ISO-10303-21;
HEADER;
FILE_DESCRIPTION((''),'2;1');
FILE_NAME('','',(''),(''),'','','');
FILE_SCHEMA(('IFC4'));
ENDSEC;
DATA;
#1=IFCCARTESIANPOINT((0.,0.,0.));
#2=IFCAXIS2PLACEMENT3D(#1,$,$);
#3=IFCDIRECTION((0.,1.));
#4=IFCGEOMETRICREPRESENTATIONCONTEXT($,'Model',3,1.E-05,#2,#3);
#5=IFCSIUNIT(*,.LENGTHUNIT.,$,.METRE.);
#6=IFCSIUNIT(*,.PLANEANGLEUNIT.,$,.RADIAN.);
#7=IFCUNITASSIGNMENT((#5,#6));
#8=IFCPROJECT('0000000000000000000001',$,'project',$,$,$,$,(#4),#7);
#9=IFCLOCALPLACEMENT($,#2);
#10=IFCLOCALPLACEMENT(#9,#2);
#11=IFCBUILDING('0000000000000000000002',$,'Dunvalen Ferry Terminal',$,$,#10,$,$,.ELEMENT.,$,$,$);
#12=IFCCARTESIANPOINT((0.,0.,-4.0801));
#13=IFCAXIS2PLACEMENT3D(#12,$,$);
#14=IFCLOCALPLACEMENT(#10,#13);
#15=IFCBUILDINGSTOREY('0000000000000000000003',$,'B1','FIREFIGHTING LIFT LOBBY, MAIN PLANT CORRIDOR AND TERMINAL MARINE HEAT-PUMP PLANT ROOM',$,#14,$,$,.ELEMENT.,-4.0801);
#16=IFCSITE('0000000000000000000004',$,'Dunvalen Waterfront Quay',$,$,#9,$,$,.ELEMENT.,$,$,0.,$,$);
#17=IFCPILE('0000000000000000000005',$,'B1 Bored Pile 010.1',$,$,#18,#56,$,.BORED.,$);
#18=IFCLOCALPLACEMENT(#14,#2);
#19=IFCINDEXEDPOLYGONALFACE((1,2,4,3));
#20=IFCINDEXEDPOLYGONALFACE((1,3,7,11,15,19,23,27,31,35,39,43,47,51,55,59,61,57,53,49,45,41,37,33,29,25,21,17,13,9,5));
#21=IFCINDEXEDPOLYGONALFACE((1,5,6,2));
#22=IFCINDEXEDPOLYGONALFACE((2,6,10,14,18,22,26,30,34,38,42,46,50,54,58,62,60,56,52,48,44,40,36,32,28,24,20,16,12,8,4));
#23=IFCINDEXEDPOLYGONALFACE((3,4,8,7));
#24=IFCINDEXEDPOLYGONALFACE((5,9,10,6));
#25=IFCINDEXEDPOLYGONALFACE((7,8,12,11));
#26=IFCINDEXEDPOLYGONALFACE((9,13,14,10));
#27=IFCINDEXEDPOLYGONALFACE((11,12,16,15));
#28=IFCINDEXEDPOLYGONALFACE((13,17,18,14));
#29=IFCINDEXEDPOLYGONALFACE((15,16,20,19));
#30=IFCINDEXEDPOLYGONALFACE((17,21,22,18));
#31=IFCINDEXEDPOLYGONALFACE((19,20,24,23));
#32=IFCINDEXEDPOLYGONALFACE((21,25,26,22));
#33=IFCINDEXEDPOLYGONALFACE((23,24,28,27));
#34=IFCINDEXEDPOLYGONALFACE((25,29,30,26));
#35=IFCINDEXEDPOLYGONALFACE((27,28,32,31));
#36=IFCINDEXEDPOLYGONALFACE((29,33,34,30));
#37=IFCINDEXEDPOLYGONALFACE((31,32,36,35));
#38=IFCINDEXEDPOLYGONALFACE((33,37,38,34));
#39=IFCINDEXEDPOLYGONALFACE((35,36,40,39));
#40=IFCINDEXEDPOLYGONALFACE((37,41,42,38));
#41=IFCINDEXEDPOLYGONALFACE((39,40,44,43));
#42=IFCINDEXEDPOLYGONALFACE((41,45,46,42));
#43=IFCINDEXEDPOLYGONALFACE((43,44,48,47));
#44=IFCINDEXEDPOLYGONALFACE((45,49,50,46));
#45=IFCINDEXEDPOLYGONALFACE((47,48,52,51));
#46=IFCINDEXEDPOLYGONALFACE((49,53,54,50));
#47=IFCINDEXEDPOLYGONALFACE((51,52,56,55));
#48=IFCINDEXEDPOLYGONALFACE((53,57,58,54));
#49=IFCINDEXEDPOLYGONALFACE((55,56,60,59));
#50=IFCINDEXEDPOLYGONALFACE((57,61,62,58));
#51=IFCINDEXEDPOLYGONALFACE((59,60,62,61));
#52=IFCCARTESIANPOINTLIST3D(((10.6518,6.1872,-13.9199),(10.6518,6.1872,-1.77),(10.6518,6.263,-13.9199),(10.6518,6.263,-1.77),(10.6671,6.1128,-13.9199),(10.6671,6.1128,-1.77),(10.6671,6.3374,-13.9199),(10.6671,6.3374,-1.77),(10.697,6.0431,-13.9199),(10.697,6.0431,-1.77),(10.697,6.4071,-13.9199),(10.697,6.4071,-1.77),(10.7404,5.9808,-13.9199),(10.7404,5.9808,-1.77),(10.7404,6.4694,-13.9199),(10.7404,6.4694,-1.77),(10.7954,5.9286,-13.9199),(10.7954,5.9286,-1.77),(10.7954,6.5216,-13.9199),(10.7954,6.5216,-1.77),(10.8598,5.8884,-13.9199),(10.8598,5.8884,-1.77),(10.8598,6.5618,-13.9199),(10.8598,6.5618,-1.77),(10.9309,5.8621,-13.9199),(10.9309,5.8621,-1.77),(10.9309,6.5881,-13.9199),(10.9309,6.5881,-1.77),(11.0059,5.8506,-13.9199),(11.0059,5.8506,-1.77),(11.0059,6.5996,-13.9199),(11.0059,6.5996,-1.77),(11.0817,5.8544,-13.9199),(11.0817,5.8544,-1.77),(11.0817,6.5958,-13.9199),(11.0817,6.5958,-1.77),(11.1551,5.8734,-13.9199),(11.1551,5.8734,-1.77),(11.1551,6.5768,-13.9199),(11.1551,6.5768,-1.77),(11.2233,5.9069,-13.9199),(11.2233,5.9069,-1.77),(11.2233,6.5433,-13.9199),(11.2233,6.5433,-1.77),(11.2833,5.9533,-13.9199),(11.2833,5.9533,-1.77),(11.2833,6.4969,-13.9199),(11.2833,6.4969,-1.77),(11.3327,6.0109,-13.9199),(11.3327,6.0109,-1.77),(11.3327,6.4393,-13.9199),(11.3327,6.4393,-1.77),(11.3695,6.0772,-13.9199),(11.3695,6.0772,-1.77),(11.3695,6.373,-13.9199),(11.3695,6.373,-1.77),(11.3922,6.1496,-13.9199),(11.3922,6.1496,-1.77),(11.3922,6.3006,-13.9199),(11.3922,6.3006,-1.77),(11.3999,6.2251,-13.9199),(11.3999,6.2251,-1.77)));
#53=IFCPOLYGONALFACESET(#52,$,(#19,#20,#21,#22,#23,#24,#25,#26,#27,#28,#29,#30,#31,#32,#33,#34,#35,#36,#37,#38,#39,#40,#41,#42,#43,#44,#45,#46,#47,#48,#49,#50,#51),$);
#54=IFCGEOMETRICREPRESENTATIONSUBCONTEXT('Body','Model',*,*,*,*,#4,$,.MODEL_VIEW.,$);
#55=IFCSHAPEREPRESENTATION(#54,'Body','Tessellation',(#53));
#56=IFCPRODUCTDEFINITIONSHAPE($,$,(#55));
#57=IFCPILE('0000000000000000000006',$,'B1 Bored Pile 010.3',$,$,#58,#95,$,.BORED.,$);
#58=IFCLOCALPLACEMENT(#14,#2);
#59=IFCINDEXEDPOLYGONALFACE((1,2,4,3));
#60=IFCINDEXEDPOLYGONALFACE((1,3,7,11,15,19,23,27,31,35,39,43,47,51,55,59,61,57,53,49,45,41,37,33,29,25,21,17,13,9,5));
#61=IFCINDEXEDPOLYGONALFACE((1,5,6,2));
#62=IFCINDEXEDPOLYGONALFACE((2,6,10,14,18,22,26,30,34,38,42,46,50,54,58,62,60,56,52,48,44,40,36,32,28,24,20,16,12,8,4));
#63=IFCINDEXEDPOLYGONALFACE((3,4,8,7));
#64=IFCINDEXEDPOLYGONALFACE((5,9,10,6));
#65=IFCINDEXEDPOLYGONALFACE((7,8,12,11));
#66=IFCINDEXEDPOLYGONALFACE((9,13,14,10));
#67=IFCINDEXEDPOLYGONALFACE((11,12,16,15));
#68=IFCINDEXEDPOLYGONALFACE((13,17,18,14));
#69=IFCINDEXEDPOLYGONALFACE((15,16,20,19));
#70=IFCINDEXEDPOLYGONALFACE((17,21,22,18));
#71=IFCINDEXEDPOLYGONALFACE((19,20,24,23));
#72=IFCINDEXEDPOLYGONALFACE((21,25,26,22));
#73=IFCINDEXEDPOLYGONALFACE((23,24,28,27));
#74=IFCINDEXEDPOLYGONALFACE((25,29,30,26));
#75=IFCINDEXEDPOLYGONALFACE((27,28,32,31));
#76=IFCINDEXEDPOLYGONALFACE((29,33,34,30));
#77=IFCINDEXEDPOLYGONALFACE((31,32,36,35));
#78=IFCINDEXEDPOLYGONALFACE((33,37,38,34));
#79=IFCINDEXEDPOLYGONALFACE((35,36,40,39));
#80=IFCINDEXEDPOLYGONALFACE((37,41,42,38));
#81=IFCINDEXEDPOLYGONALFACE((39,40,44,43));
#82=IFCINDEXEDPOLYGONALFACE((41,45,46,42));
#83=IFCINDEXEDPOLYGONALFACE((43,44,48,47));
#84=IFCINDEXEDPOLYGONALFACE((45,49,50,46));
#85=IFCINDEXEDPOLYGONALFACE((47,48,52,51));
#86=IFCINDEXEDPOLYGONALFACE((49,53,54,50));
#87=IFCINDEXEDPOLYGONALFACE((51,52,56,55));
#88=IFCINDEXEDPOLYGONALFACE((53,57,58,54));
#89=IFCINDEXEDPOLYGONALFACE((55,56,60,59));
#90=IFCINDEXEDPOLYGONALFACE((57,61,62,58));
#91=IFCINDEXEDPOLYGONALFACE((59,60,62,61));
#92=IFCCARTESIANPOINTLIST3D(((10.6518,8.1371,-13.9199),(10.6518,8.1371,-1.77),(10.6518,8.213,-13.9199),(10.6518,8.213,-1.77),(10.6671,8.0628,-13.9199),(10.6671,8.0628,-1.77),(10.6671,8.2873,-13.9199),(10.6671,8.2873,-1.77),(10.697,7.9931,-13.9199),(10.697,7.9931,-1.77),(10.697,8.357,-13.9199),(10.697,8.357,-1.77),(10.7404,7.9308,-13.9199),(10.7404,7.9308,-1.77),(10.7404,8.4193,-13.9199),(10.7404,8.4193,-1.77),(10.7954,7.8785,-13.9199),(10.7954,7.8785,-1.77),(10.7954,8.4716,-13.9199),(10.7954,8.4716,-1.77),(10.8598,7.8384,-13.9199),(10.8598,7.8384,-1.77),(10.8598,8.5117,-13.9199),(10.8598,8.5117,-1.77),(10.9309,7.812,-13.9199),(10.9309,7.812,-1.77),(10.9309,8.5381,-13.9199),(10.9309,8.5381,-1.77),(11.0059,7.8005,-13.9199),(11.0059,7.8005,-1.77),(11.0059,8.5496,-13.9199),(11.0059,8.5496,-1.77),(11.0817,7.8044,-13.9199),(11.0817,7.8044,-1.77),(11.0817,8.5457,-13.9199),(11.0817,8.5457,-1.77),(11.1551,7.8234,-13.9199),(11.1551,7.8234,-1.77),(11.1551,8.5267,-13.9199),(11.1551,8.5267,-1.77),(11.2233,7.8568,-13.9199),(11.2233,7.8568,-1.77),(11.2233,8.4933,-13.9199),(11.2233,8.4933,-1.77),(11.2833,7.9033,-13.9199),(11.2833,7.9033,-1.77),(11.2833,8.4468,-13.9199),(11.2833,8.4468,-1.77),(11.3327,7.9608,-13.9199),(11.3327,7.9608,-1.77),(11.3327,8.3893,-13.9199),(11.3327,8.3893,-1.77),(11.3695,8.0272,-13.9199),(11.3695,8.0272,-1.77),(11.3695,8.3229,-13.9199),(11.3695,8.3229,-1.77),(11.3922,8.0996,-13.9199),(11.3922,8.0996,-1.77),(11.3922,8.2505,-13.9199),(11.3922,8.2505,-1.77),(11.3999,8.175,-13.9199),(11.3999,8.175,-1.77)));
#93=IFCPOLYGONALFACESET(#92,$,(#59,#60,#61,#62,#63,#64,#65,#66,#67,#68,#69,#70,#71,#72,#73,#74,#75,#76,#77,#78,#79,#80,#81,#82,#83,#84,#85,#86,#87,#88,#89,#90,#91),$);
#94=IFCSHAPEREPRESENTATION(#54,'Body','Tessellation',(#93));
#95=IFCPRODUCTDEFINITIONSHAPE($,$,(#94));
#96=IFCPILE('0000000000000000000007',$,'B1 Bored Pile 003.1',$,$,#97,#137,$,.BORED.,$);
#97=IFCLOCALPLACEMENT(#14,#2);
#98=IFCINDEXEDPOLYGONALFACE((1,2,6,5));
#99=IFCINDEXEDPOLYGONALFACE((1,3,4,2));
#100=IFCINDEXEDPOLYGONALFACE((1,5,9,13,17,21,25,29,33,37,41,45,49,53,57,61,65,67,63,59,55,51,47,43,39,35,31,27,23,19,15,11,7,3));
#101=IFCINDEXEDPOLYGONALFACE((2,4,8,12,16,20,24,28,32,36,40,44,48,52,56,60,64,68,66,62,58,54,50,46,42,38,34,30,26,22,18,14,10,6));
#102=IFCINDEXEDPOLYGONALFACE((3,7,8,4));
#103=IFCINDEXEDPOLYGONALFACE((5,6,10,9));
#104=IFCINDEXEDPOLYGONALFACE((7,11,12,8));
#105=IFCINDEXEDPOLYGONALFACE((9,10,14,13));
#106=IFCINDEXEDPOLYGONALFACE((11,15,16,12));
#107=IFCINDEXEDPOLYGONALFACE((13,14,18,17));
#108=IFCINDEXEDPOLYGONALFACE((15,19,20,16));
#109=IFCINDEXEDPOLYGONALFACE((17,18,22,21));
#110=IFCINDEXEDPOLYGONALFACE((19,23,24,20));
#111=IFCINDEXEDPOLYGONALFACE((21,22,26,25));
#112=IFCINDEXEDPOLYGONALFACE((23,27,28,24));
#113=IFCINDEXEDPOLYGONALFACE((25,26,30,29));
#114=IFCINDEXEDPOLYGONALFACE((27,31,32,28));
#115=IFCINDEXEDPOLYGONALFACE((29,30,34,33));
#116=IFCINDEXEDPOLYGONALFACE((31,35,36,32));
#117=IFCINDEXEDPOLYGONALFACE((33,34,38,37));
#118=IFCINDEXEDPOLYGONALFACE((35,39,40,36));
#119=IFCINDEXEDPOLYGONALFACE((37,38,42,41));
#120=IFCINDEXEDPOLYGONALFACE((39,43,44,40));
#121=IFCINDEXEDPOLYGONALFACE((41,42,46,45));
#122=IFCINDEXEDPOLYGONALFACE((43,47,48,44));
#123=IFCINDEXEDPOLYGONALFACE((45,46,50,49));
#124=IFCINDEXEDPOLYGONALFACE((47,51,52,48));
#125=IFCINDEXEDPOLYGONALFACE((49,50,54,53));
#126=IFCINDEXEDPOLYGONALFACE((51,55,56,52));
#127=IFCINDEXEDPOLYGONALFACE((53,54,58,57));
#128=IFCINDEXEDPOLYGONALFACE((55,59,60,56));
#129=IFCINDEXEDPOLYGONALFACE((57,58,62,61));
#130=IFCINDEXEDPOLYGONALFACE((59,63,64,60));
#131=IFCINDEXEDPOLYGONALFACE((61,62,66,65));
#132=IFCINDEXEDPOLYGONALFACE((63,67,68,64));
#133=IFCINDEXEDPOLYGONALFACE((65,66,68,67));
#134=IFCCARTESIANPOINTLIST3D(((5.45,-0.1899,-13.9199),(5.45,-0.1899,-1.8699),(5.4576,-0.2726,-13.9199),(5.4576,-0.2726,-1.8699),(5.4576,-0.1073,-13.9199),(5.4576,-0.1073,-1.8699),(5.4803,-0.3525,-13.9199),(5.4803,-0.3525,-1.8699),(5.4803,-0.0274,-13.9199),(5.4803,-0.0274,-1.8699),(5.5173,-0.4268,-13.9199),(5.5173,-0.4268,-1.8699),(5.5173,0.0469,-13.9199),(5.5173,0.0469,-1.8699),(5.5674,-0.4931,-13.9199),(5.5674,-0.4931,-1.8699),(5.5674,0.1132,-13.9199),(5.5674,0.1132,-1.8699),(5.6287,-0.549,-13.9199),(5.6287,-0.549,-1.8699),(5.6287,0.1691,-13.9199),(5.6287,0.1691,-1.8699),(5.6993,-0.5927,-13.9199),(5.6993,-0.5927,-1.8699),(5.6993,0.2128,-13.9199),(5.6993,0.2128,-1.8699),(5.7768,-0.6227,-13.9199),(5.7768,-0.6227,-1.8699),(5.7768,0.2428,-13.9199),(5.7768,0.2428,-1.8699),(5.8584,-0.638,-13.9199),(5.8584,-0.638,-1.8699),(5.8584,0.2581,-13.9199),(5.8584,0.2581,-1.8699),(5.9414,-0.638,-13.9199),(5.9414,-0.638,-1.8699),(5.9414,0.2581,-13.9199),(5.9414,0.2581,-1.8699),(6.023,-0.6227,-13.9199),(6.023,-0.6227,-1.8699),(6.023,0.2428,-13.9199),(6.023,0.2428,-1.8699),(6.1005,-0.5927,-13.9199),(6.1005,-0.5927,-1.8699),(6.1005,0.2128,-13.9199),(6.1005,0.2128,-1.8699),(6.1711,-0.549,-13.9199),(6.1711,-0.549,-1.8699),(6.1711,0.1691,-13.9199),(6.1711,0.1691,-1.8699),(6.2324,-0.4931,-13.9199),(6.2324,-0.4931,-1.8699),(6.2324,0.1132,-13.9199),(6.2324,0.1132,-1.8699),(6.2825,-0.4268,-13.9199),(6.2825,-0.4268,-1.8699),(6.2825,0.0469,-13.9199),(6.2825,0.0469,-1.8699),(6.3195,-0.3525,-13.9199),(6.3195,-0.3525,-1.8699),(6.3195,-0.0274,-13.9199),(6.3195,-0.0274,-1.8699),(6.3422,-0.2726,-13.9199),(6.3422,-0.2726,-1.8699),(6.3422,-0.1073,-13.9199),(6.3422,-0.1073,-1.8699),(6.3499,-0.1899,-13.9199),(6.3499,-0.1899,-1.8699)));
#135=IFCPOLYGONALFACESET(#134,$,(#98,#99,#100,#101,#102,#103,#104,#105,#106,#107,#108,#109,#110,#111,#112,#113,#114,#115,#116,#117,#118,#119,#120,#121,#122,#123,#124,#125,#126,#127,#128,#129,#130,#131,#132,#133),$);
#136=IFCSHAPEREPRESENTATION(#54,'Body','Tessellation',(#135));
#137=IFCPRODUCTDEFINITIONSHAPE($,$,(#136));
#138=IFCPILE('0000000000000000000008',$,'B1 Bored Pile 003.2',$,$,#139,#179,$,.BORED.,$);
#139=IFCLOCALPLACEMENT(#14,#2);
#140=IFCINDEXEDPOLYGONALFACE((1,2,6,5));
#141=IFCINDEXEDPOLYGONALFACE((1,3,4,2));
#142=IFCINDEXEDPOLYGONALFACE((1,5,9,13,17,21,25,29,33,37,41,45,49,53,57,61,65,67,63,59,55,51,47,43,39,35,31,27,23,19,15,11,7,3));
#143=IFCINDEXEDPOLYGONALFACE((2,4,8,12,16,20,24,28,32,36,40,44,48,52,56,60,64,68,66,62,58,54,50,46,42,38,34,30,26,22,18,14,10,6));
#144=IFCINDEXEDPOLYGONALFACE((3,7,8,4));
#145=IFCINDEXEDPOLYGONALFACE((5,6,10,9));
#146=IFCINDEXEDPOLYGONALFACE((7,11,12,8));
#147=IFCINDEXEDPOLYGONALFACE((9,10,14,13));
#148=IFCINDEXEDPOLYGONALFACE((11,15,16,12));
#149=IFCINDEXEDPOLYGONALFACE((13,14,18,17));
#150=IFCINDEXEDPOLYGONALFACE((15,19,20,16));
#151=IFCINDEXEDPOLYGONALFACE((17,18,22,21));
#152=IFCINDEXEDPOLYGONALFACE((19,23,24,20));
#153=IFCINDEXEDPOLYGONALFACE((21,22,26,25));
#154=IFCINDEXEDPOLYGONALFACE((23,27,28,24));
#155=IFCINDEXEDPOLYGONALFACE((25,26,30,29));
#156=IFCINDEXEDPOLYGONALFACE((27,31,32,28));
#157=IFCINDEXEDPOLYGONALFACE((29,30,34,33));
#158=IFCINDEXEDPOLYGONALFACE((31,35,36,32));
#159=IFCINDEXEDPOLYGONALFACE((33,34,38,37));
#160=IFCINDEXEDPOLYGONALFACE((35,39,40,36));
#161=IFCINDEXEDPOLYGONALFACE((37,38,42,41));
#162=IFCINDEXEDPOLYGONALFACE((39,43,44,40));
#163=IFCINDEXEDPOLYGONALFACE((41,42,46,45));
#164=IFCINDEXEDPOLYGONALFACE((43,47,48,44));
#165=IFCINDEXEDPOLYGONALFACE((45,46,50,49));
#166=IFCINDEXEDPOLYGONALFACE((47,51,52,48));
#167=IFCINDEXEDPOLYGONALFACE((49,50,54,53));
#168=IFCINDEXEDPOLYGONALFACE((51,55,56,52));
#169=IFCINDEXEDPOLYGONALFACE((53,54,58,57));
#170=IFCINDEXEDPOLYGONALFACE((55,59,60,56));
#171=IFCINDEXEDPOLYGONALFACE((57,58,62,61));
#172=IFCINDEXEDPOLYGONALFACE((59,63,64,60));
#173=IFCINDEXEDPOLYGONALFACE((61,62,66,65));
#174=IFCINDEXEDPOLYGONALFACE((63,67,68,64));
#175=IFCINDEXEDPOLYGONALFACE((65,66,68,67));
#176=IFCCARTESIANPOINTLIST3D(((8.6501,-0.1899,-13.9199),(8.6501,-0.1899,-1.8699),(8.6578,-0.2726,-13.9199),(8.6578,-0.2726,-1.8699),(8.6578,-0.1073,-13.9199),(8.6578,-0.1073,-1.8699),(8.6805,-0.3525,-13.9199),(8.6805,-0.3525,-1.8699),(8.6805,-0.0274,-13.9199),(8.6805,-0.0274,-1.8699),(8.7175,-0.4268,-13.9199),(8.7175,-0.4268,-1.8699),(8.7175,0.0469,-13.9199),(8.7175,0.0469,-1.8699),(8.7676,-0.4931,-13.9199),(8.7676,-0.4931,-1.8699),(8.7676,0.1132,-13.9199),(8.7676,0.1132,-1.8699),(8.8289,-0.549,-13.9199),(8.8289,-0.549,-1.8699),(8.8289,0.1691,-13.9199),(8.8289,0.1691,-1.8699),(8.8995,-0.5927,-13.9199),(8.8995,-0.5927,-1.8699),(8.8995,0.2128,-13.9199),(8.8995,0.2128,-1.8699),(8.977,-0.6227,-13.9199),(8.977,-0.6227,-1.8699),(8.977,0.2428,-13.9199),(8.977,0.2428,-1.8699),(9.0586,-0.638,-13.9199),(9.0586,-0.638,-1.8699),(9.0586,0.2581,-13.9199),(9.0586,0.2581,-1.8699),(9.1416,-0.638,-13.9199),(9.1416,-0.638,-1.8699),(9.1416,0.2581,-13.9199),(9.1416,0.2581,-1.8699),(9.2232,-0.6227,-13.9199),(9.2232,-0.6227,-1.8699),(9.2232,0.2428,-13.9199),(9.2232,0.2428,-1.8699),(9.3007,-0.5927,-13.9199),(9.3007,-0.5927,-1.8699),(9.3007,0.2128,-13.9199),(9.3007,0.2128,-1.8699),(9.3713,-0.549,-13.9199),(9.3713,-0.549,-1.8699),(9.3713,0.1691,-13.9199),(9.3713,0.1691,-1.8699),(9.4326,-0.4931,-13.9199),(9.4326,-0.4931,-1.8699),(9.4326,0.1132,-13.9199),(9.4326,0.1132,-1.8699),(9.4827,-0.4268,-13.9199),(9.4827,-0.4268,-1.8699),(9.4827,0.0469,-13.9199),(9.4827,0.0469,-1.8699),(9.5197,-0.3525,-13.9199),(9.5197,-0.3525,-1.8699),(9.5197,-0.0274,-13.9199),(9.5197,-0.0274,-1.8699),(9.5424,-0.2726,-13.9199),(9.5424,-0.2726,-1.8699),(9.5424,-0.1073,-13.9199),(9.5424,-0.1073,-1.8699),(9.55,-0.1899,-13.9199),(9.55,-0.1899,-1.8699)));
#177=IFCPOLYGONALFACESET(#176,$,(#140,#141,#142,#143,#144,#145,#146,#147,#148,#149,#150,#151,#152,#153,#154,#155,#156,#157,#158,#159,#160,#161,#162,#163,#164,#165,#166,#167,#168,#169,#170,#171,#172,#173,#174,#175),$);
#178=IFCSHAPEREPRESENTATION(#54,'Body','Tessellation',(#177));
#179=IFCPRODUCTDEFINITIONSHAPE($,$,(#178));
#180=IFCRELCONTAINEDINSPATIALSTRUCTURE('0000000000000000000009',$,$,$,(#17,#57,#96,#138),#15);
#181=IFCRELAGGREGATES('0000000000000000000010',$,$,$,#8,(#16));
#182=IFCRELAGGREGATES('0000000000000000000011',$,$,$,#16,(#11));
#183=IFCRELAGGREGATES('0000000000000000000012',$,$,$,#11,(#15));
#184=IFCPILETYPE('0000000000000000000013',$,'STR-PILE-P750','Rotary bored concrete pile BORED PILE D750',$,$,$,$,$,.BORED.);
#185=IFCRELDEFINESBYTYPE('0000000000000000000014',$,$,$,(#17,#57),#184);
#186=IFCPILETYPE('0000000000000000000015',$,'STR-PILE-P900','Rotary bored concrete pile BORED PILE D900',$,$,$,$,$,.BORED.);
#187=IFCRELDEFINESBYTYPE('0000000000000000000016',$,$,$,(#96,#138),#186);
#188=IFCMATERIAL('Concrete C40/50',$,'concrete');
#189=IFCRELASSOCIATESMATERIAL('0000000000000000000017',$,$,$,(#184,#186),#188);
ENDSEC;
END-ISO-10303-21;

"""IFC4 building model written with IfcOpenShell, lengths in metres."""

from ifc_helpers import new_model, si_unit, direction, frame, origin, origin_2d, place, context, subcontext, project, spatial, circle, extrude, material, material_profile, profile_set, type_object, element, save


model = new_model("IFC4")

# Units and contexts
model_context = context("Model", 3, precision=1e-05, world=origin(), true_north=direction((0.0, 1.0)))
body_context = subcontext(model_context, "Body", "Model", "MODEL_VIEW")
ifc_project = project(units=[si_unit("LENGTHUNIT", "METRE"), si_unit("PLANEANGLEUNIT", "RADIAN")], contexts=[model_context])

# Site, building, storey
site_placement = place(None, origin())
site = spatial("IfcSite", under=ifc_project, at=site_placement, Name="Dunvalen Waterfront Quay", CompositionType="ELEMENT", RefElevation=0.0)
building_placement = place(site_placement, origin())
building = spatial("IfcBuilding", under=site, at=building_placement, Name="Dunvalen Ferry Terminal", CompositionType="ELEMENT")
storey_placement = place(building_placement, frame((0.0, 0.0, -4.0801)))
storey = spatial("IfcBuildingStorey", under=building, at=storey_placement, Name="B1", Description="FIREFIGHTING LIFT LOBBY, MAIN PLANT CORRIDOR AND TERMINAL MARINE HEAT-PUMP PLANT ROOM", CompositionType="ELEMENT", Elevation=-4.0801)

# Shared definitions
ifc_material_1 = material(Name="Concrete C40/50", Category="concrete")

# Piles
ifc_material_profile_1 = material_profile(ifc_material_1, circle(Radius=0.375, at=origin_2d()), Name="Concrete C40/50")
ifc_profile_set_1 = profile_set([ifc_material_profile_1], Name="Concrete C40/50")
pile_type_1 = type_object("IfcPileType", Name="STR-PILE-P750", Description="Rotary bored concrete pile BORED PILE D750", PredefinedType="BORED", material=ifc_profile_set_1)
for number, where, z_axis, x_axis, name in (
    (1, (11.0249, 6.2251, -1.77), (0.0, 0.0, -1.0), (1.0, 0.0, 0.0), "B1 Bored Pile 010.1"),
    (2, (11.0249, 8.175, -1.77), (0.0, 0.0, -1.0), (1.0, 0.0, 0.0), "B1 Bored Pile 010.3"),
):
    element("IfcPile", number, at=place(storey_placement, frame(where, z_axis=z_axis, x_axis=x_axis)), inside=storey, type_object=pile_type_1, Name=name, PredefinedType="BORED", context=body_context, shape_type="SweptSolid", body=[
        extrude(circle(Radius=0.375, at=origin_2d()), origin(), (0.0, 0.0, 1.0), 12.1499),
    ])
ifc_material_profile_2 = material_profile(ifc_material_1, circle(Radius=0.45, at=origin_2d()), Name="Concrete C40/50")
ifc_profile_set_2 = profile_set([ifc_material_profile_2], Name="Concrete C40/50")
pile_type_2 = type_object("IfcPileType", Name="STR-PILE-P900", Description="Rotary bored concrete pile BORED PILE D900", PredefinedType="BORED", material=ifc_profile_set_2)
for number, where, z_axis, x_axis, name in (
    (3, (5.8999, -0.1899, -1.8699), (0.0, 0.0, -1.0), (1.0, 0.0, 0.0), "B1 Bored Pile 003.1"),
    (4, (9.1001, -0.1899, -1.8699), (0.0, 0.0, -1.0), (1.0, 0.0, 0.0), "B1 Bored Pile 003.2"),
):
    element("IfcPile", number, at=place(storey_placement, frame(where, z_axis=z_axis, x_axis=x_axis)), inside=storey, type_object=pile_type_2, Name=name, PredefinedType="BORED", context=body_context, shape_type="SweptSolid", body=[
        extrude(circle(Radius=0.45, at=origin_2d()), origin(), (0.0, 0.0, 1.0), 12.05),
    ])

save(model, "model.ifc")
